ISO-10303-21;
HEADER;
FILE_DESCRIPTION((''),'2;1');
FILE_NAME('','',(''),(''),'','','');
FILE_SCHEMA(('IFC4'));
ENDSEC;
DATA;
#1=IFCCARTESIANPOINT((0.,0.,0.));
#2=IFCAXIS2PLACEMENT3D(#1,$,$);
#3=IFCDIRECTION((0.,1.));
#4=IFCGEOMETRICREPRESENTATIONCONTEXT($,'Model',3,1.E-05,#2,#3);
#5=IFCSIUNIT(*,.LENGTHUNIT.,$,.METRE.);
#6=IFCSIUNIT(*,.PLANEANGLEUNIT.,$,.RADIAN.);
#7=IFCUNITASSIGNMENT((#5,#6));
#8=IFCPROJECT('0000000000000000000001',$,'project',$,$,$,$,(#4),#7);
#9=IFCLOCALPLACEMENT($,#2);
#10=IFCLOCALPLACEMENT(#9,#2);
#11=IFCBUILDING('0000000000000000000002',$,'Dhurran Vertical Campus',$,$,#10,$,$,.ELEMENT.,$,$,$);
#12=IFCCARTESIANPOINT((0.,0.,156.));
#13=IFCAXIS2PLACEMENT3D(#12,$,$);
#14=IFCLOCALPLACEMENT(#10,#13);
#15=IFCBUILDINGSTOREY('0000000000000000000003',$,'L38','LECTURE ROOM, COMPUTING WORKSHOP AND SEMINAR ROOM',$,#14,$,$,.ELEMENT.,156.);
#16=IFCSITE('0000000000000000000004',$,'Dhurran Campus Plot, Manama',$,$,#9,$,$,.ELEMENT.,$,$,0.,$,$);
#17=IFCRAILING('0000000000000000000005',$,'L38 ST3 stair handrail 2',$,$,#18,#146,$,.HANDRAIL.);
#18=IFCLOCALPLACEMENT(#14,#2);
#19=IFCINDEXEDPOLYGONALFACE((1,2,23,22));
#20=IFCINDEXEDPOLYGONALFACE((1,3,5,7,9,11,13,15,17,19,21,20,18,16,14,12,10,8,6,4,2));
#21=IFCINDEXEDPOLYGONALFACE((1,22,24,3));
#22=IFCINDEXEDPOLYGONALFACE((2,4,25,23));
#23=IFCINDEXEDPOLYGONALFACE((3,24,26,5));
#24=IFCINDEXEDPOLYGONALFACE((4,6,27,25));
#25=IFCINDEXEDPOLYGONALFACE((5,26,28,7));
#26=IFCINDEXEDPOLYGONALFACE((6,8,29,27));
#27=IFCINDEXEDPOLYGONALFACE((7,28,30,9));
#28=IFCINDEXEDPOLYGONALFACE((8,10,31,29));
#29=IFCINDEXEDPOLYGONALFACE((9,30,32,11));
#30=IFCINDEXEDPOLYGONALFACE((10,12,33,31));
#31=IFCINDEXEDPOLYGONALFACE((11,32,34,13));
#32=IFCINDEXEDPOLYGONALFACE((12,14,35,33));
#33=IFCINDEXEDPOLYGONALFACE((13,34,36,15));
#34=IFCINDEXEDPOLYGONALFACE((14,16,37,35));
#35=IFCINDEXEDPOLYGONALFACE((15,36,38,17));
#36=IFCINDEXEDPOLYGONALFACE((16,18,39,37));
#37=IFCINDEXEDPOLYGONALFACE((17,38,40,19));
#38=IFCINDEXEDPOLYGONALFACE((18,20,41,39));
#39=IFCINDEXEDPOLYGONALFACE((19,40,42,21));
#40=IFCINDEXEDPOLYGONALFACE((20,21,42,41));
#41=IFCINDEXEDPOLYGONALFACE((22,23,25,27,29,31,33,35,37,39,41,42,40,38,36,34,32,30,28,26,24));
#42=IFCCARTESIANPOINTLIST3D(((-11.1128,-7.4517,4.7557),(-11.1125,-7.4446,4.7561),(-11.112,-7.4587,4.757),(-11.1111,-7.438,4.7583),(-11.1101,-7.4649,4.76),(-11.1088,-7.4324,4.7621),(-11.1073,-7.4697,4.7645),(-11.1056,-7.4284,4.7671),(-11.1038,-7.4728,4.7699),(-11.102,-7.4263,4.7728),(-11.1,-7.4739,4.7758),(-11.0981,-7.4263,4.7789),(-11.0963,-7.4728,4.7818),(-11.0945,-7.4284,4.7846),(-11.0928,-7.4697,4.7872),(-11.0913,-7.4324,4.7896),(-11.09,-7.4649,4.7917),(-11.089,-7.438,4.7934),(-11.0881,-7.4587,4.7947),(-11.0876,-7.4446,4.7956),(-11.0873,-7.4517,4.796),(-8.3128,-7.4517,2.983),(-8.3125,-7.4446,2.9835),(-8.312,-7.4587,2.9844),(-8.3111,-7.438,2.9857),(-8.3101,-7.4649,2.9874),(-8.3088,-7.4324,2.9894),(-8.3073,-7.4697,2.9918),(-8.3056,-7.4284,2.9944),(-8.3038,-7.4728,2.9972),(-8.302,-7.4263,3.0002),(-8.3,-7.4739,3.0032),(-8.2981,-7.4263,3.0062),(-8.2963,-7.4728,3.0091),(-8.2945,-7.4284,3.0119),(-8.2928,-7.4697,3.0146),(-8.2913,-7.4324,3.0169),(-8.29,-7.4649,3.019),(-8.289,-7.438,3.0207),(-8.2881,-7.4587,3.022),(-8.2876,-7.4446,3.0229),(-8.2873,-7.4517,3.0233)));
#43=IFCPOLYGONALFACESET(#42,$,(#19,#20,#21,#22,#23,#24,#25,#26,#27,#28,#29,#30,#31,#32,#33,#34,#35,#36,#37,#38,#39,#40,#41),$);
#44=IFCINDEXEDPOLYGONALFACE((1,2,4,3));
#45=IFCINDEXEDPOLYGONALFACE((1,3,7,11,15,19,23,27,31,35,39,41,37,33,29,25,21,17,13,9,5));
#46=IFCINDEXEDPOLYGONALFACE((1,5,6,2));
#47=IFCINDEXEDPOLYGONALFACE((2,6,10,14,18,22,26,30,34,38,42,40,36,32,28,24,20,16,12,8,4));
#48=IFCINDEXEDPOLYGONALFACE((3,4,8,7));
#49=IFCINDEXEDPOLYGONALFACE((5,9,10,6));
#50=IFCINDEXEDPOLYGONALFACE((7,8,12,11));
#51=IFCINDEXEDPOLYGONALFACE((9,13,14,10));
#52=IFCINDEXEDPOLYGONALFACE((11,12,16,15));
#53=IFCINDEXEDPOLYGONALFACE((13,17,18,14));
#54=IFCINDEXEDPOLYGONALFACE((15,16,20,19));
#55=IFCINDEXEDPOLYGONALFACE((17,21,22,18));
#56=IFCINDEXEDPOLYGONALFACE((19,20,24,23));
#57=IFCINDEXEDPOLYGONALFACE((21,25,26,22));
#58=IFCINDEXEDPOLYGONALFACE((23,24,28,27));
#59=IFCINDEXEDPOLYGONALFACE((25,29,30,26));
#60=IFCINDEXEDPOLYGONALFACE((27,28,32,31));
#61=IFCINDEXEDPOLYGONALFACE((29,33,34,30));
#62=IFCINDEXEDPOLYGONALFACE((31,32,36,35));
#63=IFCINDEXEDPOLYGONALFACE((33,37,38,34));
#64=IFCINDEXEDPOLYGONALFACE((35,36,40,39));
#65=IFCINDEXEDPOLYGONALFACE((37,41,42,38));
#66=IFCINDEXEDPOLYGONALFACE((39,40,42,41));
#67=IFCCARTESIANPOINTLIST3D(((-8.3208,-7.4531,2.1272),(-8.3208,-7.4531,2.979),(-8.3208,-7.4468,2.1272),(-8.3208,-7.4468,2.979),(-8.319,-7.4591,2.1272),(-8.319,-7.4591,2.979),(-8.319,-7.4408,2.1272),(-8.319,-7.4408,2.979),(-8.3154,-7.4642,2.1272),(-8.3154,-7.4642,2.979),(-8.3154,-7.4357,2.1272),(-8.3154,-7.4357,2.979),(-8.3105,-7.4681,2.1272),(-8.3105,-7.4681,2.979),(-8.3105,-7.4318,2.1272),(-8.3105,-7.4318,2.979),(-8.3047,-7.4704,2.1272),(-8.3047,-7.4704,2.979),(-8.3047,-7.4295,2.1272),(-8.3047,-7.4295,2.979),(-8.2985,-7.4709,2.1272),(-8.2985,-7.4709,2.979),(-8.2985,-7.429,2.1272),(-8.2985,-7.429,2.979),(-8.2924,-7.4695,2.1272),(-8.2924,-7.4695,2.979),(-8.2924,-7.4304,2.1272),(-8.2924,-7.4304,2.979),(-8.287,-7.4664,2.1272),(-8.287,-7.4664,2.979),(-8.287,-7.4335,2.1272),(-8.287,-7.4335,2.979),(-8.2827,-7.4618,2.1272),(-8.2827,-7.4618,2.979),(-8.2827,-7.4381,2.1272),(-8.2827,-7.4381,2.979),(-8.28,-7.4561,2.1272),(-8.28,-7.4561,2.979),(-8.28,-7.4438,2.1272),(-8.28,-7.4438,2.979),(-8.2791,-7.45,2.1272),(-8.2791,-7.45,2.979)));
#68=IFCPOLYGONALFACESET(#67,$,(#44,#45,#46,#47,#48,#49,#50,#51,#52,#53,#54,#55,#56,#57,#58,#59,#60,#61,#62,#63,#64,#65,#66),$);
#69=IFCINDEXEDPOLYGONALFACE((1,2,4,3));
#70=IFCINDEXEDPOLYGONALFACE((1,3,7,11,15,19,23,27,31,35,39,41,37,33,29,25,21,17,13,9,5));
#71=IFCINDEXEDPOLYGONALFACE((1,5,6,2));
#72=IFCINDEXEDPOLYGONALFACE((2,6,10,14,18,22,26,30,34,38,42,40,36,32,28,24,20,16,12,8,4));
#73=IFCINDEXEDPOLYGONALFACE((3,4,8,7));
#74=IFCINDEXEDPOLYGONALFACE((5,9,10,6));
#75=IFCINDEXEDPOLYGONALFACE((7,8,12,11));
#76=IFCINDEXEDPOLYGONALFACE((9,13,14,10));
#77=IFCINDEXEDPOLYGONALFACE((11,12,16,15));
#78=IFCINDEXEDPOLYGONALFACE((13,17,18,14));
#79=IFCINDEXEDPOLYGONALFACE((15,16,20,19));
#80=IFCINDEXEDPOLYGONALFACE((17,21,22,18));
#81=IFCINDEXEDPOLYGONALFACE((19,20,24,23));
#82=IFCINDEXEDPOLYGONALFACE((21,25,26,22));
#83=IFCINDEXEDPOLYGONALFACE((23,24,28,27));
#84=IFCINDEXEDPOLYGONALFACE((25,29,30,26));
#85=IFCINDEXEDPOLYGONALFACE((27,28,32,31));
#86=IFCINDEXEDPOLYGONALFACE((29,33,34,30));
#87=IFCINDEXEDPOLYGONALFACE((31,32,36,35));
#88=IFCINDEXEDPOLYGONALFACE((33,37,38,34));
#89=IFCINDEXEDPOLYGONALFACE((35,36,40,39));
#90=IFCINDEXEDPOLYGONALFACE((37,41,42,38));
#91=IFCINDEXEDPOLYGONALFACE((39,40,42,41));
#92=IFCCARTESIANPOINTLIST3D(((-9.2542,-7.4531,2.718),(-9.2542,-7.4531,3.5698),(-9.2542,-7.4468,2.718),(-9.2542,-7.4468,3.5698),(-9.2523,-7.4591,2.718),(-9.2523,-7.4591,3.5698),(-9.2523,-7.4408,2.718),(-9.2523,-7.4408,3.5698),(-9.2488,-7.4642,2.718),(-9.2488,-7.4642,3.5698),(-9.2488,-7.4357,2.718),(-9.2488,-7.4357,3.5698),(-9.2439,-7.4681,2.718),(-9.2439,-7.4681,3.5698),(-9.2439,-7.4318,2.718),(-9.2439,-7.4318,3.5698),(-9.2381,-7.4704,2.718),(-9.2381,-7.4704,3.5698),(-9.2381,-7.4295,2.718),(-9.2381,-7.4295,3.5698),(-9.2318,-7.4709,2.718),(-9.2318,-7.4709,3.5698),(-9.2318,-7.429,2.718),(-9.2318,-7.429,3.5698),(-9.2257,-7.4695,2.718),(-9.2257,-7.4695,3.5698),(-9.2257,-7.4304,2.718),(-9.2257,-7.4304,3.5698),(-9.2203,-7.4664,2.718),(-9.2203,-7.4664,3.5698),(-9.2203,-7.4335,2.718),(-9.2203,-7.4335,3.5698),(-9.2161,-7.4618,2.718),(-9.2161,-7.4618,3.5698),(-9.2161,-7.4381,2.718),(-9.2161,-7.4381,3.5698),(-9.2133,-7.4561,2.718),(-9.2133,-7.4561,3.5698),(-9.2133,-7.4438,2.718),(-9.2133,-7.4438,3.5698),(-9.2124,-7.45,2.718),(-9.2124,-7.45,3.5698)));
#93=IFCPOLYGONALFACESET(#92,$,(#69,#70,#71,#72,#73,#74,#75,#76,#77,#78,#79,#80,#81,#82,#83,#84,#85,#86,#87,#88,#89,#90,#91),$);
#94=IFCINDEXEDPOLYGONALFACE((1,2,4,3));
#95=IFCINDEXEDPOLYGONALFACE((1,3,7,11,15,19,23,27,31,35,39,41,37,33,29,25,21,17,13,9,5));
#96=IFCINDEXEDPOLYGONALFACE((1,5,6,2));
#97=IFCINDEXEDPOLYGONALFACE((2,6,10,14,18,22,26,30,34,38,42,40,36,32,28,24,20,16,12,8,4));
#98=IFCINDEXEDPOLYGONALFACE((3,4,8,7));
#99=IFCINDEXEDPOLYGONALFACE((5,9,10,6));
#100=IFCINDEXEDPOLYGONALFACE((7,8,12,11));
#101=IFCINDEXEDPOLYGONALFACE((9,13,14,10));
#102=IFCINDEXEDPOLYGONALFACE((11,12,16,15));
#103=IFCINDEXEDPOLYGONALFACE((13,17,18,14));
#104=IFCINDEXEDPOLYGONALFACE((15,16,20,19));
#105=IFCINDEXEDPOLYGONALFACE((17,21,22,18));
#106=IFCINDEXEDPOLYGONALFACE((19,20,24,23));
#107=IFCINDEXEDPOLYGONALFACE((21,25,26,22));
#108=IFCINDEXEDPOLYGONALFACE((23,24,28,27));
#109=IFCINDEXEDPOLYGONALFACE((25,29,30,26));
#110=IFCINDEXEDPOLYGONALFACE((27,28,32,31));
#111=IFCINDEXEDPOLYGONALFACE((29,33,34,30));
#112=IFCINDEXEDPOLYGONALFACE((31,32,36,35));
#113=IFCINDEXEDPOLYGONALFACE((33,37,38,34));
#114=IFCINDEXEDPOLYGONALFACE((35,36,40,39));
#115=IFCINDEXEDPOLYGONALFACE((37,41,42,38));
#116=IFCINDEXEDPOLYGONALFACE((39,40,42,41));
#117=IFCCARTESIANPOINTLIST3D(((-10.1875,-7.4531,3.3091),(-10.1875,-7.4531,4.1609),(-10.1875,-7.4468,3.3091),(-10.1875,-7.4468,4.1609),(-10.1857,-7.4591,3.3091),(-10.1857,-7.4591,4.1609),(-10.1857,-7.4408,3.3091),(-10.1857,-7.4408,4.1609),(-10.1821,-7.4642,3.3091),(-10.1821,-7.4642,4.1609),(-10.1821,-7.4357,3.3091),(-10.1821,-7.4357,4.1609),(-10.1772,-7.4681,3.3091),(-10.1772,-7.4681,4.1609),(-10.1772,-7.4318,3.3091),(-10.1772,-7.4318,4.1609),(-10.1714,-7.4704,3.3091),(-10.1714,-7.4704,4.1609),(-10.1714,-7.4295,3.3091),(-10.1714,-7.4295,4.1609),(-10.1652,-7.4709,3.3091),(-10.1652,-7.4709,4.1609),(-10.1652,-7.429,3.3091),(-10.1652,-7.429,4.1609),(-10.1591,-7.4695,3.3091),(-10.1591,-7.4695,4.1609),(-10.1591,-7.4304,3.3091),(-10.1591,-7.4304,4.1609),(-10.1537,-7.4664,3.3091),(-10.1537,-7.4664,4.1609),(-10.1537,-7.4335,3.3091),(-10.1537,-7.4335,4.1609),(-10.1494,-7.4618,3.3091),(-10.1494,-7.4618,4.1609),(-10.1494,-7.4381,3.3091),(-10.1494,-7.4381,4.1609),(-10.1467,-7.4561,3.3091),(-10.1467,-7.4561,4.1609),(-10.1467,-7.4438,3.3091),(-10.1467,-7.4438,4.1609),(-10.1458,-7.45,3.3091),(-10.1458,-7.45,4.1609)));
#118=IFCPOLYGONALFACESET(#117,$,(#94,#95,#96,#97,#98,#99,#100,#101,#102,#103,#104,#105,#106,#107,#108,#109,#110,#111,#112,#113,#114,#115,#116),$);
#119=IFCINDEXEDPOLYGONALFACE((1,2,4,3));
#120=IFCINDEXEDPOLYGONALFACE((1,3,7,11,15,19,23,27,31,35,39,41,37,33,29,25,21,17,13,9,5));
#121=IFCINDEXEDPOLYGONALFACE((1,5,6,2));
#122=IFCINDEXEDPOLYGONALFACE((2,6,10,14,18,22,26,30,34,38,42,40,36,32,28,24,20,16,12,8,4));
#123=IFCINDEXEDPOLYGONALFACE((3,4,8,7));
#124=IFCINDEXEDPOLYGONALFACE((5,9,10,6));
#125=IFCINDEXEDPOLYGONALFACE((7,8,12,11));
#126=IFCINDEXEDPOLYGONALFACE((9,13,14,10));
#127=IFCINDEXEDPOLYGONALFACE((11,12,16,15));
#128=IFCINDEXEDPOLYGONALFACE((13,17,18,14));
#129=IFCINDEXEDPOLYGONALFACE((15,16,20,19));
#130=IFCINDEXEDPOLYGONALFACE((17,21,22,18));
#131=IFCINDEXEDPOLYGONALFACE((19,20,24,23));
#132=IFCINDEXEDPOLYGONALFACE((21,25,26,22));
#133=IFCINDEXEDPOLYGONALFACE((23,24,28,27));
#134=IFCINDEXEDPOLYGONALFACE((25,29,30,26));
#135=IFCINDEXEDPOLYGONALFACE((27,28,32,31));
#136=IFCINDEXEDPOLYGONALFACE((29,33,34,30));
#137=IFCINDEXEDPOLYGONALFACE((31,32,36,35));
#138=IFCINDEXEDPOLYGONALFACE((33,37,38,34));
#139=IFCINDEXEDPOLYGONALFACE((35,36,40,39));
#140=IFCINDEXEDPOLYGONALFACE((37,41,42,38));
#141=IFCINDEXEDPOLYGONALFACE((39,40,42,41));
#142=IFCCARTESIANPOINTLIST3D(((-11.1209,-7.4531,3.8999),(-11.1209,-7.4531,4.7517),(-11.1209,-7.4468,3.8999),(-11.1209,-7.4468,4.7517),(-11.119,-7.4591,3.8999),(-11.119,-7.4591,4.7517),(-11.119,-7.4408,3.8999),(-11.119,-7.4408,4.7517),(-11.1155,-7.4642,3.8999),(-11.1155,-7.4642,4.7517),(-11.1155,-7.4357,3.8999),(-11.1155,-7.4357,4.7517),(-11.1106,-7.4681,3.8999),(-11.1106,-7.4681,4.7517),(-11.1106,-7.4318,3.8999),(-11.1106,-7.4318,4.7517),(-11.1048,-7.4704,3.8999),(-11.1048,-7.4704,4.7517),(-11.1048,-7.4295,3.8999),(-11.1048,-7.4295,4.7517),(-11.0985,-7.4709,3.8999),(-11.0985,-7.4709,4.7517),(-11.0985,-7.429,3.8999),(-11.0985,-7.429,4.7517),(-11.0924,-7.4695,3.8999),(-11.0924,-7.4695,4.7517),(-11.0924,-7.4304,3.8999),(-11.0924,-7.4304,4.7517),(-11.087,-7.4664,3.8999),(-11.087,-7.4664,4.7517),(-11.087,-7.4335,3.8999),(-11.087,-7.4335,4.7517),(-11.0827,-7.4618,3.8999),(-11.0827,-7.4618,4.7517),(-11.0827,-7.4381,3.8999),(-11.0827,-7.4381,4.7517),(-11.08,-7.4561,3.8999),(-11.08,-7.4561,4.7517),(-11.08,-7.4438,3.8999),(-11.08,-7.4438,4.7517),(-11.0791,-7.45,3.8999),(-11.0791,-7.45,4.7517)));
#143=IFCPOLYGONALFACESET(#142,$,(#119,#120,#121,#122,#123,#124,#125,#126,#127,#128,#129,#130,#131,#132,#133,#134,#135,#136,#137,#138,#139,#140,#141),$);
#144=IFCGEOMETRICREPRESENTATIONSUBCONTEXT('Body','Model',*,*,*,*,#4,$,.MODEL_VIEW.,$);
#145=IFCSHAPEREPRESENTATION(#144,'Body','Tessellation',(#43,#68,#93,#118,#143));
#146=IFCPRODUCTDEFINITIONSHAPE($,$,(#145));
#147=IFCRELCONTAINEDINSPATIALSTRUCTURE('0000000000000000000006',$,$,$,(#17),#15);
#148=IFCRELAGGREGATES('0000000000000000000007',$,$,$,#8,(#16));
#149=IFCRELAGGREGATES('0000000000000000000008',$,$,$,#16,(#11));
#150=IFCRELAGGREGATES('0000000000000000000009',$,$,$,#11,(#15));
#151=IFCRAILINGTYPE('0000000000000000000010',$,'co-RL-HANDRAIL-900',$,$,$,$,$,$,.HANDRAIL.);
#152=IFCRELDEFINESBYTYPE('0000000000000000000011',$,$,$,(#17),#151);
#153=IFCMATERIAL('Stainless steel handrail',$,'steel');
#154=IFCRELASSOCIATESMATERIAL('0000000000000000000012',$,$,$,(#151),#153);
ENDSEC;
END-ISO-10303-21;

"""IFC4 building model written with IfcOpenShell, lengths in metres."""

from ifc_helpers import new_model, si_unit, direction, frame, origin, origin_2d, place, context, subcontext, project, spatial, circle, extrude, material, type_object, element, save


model = new_model("IFC4")

# Units and contexts
model_context = context("Model", 3, precision=1e-05, world=origin(), true_north=direction((0.0, 1.0)))
body_context = subcontext(model_context, "Body", "Model", "MODEL_VIEW")
ifc_project = project(units=[si_unit("LENGTHUNIT", "METRE"), si_unit("PLANEANGLEUNIT", "RADIAN")], contexts=[model_context])

# Site, building, storey
site_placement = place(None, origin())
site = spatial("IfcSite", under=ifc_project, at=site_placement, Name="Dhurran Campus Plot, Manama", CompositionType="ELEMENT", RefElevation=0.0)
building_placement = place(site_placement, origin())
building = spatial("IfcBuilding", under=site, at=building_placement, Name="Dhurran Vertical Campus", CompositionType="ELEMENT")
storey_placement = place(building_placement, frame((0.0, 0.0, 156.0)))
storey = spatial("IfcBuildingStorey", under=building, at=storey_placement, Name="L38", Description="LECTURE ROOM, COMPUTING WORKSHOP AND SEMINAR ROOM", CompositionType="ELEMENT", Elevation=156.0)

# Railing
ifc_material_1 = material(Name="Stainless steel handrail", Category="steel")
railing_type_1 = type_object("IfcRailingType", Name="co-RL-HANDRAIL-900", PredefinedType="HANDRAIL", material=ifc_material_1)
railing_1_placement = place(storey_placement, frame((-8.3, -7.45, 2.1272)))
element("IfcRailing", 1, at=railing_1_placement, inside=storey, type_object=railing_type_1, Name="L38 ST3 stair handrail 2", PredefinedType="HANDRAIL", context=body_context, shape_type="SweptSolid", body=[
    extrude(circle(Radius=0.0239, at=origin_2d()), frame((0.0, 0.0, 0.876), z_axis=(-0.844909, 0.0, 0.53491), x_axis=(0.0, -1.0, 0.0)), (0.0, 0.0, 1.0), 3.314),
    extrude(circle(Radius=0.021, at=origin_2d()), origin(), (0.0, 0.0, 1.0), 0.8518),
    extrude(circle(Radius=0.021, at=origin_2d()), frame((-0.9333, 0.0, 0.5908)), (0.0, 0.0, 1.0), 0.8518),
    extrude(circle(Radius=0.021, at=origin_2d()), frame((-1.8667, 0.0, 1.1819)), (0.0, 0.0, 1.0), 0.8518),
    extrude(circle(Radius=0.021, at=origin_2d()), frame((-2.8, 0.0, 1.7727)), (0.0, 0.0, 1.0), 0.8518),
])

save(model, "model.ifc")
